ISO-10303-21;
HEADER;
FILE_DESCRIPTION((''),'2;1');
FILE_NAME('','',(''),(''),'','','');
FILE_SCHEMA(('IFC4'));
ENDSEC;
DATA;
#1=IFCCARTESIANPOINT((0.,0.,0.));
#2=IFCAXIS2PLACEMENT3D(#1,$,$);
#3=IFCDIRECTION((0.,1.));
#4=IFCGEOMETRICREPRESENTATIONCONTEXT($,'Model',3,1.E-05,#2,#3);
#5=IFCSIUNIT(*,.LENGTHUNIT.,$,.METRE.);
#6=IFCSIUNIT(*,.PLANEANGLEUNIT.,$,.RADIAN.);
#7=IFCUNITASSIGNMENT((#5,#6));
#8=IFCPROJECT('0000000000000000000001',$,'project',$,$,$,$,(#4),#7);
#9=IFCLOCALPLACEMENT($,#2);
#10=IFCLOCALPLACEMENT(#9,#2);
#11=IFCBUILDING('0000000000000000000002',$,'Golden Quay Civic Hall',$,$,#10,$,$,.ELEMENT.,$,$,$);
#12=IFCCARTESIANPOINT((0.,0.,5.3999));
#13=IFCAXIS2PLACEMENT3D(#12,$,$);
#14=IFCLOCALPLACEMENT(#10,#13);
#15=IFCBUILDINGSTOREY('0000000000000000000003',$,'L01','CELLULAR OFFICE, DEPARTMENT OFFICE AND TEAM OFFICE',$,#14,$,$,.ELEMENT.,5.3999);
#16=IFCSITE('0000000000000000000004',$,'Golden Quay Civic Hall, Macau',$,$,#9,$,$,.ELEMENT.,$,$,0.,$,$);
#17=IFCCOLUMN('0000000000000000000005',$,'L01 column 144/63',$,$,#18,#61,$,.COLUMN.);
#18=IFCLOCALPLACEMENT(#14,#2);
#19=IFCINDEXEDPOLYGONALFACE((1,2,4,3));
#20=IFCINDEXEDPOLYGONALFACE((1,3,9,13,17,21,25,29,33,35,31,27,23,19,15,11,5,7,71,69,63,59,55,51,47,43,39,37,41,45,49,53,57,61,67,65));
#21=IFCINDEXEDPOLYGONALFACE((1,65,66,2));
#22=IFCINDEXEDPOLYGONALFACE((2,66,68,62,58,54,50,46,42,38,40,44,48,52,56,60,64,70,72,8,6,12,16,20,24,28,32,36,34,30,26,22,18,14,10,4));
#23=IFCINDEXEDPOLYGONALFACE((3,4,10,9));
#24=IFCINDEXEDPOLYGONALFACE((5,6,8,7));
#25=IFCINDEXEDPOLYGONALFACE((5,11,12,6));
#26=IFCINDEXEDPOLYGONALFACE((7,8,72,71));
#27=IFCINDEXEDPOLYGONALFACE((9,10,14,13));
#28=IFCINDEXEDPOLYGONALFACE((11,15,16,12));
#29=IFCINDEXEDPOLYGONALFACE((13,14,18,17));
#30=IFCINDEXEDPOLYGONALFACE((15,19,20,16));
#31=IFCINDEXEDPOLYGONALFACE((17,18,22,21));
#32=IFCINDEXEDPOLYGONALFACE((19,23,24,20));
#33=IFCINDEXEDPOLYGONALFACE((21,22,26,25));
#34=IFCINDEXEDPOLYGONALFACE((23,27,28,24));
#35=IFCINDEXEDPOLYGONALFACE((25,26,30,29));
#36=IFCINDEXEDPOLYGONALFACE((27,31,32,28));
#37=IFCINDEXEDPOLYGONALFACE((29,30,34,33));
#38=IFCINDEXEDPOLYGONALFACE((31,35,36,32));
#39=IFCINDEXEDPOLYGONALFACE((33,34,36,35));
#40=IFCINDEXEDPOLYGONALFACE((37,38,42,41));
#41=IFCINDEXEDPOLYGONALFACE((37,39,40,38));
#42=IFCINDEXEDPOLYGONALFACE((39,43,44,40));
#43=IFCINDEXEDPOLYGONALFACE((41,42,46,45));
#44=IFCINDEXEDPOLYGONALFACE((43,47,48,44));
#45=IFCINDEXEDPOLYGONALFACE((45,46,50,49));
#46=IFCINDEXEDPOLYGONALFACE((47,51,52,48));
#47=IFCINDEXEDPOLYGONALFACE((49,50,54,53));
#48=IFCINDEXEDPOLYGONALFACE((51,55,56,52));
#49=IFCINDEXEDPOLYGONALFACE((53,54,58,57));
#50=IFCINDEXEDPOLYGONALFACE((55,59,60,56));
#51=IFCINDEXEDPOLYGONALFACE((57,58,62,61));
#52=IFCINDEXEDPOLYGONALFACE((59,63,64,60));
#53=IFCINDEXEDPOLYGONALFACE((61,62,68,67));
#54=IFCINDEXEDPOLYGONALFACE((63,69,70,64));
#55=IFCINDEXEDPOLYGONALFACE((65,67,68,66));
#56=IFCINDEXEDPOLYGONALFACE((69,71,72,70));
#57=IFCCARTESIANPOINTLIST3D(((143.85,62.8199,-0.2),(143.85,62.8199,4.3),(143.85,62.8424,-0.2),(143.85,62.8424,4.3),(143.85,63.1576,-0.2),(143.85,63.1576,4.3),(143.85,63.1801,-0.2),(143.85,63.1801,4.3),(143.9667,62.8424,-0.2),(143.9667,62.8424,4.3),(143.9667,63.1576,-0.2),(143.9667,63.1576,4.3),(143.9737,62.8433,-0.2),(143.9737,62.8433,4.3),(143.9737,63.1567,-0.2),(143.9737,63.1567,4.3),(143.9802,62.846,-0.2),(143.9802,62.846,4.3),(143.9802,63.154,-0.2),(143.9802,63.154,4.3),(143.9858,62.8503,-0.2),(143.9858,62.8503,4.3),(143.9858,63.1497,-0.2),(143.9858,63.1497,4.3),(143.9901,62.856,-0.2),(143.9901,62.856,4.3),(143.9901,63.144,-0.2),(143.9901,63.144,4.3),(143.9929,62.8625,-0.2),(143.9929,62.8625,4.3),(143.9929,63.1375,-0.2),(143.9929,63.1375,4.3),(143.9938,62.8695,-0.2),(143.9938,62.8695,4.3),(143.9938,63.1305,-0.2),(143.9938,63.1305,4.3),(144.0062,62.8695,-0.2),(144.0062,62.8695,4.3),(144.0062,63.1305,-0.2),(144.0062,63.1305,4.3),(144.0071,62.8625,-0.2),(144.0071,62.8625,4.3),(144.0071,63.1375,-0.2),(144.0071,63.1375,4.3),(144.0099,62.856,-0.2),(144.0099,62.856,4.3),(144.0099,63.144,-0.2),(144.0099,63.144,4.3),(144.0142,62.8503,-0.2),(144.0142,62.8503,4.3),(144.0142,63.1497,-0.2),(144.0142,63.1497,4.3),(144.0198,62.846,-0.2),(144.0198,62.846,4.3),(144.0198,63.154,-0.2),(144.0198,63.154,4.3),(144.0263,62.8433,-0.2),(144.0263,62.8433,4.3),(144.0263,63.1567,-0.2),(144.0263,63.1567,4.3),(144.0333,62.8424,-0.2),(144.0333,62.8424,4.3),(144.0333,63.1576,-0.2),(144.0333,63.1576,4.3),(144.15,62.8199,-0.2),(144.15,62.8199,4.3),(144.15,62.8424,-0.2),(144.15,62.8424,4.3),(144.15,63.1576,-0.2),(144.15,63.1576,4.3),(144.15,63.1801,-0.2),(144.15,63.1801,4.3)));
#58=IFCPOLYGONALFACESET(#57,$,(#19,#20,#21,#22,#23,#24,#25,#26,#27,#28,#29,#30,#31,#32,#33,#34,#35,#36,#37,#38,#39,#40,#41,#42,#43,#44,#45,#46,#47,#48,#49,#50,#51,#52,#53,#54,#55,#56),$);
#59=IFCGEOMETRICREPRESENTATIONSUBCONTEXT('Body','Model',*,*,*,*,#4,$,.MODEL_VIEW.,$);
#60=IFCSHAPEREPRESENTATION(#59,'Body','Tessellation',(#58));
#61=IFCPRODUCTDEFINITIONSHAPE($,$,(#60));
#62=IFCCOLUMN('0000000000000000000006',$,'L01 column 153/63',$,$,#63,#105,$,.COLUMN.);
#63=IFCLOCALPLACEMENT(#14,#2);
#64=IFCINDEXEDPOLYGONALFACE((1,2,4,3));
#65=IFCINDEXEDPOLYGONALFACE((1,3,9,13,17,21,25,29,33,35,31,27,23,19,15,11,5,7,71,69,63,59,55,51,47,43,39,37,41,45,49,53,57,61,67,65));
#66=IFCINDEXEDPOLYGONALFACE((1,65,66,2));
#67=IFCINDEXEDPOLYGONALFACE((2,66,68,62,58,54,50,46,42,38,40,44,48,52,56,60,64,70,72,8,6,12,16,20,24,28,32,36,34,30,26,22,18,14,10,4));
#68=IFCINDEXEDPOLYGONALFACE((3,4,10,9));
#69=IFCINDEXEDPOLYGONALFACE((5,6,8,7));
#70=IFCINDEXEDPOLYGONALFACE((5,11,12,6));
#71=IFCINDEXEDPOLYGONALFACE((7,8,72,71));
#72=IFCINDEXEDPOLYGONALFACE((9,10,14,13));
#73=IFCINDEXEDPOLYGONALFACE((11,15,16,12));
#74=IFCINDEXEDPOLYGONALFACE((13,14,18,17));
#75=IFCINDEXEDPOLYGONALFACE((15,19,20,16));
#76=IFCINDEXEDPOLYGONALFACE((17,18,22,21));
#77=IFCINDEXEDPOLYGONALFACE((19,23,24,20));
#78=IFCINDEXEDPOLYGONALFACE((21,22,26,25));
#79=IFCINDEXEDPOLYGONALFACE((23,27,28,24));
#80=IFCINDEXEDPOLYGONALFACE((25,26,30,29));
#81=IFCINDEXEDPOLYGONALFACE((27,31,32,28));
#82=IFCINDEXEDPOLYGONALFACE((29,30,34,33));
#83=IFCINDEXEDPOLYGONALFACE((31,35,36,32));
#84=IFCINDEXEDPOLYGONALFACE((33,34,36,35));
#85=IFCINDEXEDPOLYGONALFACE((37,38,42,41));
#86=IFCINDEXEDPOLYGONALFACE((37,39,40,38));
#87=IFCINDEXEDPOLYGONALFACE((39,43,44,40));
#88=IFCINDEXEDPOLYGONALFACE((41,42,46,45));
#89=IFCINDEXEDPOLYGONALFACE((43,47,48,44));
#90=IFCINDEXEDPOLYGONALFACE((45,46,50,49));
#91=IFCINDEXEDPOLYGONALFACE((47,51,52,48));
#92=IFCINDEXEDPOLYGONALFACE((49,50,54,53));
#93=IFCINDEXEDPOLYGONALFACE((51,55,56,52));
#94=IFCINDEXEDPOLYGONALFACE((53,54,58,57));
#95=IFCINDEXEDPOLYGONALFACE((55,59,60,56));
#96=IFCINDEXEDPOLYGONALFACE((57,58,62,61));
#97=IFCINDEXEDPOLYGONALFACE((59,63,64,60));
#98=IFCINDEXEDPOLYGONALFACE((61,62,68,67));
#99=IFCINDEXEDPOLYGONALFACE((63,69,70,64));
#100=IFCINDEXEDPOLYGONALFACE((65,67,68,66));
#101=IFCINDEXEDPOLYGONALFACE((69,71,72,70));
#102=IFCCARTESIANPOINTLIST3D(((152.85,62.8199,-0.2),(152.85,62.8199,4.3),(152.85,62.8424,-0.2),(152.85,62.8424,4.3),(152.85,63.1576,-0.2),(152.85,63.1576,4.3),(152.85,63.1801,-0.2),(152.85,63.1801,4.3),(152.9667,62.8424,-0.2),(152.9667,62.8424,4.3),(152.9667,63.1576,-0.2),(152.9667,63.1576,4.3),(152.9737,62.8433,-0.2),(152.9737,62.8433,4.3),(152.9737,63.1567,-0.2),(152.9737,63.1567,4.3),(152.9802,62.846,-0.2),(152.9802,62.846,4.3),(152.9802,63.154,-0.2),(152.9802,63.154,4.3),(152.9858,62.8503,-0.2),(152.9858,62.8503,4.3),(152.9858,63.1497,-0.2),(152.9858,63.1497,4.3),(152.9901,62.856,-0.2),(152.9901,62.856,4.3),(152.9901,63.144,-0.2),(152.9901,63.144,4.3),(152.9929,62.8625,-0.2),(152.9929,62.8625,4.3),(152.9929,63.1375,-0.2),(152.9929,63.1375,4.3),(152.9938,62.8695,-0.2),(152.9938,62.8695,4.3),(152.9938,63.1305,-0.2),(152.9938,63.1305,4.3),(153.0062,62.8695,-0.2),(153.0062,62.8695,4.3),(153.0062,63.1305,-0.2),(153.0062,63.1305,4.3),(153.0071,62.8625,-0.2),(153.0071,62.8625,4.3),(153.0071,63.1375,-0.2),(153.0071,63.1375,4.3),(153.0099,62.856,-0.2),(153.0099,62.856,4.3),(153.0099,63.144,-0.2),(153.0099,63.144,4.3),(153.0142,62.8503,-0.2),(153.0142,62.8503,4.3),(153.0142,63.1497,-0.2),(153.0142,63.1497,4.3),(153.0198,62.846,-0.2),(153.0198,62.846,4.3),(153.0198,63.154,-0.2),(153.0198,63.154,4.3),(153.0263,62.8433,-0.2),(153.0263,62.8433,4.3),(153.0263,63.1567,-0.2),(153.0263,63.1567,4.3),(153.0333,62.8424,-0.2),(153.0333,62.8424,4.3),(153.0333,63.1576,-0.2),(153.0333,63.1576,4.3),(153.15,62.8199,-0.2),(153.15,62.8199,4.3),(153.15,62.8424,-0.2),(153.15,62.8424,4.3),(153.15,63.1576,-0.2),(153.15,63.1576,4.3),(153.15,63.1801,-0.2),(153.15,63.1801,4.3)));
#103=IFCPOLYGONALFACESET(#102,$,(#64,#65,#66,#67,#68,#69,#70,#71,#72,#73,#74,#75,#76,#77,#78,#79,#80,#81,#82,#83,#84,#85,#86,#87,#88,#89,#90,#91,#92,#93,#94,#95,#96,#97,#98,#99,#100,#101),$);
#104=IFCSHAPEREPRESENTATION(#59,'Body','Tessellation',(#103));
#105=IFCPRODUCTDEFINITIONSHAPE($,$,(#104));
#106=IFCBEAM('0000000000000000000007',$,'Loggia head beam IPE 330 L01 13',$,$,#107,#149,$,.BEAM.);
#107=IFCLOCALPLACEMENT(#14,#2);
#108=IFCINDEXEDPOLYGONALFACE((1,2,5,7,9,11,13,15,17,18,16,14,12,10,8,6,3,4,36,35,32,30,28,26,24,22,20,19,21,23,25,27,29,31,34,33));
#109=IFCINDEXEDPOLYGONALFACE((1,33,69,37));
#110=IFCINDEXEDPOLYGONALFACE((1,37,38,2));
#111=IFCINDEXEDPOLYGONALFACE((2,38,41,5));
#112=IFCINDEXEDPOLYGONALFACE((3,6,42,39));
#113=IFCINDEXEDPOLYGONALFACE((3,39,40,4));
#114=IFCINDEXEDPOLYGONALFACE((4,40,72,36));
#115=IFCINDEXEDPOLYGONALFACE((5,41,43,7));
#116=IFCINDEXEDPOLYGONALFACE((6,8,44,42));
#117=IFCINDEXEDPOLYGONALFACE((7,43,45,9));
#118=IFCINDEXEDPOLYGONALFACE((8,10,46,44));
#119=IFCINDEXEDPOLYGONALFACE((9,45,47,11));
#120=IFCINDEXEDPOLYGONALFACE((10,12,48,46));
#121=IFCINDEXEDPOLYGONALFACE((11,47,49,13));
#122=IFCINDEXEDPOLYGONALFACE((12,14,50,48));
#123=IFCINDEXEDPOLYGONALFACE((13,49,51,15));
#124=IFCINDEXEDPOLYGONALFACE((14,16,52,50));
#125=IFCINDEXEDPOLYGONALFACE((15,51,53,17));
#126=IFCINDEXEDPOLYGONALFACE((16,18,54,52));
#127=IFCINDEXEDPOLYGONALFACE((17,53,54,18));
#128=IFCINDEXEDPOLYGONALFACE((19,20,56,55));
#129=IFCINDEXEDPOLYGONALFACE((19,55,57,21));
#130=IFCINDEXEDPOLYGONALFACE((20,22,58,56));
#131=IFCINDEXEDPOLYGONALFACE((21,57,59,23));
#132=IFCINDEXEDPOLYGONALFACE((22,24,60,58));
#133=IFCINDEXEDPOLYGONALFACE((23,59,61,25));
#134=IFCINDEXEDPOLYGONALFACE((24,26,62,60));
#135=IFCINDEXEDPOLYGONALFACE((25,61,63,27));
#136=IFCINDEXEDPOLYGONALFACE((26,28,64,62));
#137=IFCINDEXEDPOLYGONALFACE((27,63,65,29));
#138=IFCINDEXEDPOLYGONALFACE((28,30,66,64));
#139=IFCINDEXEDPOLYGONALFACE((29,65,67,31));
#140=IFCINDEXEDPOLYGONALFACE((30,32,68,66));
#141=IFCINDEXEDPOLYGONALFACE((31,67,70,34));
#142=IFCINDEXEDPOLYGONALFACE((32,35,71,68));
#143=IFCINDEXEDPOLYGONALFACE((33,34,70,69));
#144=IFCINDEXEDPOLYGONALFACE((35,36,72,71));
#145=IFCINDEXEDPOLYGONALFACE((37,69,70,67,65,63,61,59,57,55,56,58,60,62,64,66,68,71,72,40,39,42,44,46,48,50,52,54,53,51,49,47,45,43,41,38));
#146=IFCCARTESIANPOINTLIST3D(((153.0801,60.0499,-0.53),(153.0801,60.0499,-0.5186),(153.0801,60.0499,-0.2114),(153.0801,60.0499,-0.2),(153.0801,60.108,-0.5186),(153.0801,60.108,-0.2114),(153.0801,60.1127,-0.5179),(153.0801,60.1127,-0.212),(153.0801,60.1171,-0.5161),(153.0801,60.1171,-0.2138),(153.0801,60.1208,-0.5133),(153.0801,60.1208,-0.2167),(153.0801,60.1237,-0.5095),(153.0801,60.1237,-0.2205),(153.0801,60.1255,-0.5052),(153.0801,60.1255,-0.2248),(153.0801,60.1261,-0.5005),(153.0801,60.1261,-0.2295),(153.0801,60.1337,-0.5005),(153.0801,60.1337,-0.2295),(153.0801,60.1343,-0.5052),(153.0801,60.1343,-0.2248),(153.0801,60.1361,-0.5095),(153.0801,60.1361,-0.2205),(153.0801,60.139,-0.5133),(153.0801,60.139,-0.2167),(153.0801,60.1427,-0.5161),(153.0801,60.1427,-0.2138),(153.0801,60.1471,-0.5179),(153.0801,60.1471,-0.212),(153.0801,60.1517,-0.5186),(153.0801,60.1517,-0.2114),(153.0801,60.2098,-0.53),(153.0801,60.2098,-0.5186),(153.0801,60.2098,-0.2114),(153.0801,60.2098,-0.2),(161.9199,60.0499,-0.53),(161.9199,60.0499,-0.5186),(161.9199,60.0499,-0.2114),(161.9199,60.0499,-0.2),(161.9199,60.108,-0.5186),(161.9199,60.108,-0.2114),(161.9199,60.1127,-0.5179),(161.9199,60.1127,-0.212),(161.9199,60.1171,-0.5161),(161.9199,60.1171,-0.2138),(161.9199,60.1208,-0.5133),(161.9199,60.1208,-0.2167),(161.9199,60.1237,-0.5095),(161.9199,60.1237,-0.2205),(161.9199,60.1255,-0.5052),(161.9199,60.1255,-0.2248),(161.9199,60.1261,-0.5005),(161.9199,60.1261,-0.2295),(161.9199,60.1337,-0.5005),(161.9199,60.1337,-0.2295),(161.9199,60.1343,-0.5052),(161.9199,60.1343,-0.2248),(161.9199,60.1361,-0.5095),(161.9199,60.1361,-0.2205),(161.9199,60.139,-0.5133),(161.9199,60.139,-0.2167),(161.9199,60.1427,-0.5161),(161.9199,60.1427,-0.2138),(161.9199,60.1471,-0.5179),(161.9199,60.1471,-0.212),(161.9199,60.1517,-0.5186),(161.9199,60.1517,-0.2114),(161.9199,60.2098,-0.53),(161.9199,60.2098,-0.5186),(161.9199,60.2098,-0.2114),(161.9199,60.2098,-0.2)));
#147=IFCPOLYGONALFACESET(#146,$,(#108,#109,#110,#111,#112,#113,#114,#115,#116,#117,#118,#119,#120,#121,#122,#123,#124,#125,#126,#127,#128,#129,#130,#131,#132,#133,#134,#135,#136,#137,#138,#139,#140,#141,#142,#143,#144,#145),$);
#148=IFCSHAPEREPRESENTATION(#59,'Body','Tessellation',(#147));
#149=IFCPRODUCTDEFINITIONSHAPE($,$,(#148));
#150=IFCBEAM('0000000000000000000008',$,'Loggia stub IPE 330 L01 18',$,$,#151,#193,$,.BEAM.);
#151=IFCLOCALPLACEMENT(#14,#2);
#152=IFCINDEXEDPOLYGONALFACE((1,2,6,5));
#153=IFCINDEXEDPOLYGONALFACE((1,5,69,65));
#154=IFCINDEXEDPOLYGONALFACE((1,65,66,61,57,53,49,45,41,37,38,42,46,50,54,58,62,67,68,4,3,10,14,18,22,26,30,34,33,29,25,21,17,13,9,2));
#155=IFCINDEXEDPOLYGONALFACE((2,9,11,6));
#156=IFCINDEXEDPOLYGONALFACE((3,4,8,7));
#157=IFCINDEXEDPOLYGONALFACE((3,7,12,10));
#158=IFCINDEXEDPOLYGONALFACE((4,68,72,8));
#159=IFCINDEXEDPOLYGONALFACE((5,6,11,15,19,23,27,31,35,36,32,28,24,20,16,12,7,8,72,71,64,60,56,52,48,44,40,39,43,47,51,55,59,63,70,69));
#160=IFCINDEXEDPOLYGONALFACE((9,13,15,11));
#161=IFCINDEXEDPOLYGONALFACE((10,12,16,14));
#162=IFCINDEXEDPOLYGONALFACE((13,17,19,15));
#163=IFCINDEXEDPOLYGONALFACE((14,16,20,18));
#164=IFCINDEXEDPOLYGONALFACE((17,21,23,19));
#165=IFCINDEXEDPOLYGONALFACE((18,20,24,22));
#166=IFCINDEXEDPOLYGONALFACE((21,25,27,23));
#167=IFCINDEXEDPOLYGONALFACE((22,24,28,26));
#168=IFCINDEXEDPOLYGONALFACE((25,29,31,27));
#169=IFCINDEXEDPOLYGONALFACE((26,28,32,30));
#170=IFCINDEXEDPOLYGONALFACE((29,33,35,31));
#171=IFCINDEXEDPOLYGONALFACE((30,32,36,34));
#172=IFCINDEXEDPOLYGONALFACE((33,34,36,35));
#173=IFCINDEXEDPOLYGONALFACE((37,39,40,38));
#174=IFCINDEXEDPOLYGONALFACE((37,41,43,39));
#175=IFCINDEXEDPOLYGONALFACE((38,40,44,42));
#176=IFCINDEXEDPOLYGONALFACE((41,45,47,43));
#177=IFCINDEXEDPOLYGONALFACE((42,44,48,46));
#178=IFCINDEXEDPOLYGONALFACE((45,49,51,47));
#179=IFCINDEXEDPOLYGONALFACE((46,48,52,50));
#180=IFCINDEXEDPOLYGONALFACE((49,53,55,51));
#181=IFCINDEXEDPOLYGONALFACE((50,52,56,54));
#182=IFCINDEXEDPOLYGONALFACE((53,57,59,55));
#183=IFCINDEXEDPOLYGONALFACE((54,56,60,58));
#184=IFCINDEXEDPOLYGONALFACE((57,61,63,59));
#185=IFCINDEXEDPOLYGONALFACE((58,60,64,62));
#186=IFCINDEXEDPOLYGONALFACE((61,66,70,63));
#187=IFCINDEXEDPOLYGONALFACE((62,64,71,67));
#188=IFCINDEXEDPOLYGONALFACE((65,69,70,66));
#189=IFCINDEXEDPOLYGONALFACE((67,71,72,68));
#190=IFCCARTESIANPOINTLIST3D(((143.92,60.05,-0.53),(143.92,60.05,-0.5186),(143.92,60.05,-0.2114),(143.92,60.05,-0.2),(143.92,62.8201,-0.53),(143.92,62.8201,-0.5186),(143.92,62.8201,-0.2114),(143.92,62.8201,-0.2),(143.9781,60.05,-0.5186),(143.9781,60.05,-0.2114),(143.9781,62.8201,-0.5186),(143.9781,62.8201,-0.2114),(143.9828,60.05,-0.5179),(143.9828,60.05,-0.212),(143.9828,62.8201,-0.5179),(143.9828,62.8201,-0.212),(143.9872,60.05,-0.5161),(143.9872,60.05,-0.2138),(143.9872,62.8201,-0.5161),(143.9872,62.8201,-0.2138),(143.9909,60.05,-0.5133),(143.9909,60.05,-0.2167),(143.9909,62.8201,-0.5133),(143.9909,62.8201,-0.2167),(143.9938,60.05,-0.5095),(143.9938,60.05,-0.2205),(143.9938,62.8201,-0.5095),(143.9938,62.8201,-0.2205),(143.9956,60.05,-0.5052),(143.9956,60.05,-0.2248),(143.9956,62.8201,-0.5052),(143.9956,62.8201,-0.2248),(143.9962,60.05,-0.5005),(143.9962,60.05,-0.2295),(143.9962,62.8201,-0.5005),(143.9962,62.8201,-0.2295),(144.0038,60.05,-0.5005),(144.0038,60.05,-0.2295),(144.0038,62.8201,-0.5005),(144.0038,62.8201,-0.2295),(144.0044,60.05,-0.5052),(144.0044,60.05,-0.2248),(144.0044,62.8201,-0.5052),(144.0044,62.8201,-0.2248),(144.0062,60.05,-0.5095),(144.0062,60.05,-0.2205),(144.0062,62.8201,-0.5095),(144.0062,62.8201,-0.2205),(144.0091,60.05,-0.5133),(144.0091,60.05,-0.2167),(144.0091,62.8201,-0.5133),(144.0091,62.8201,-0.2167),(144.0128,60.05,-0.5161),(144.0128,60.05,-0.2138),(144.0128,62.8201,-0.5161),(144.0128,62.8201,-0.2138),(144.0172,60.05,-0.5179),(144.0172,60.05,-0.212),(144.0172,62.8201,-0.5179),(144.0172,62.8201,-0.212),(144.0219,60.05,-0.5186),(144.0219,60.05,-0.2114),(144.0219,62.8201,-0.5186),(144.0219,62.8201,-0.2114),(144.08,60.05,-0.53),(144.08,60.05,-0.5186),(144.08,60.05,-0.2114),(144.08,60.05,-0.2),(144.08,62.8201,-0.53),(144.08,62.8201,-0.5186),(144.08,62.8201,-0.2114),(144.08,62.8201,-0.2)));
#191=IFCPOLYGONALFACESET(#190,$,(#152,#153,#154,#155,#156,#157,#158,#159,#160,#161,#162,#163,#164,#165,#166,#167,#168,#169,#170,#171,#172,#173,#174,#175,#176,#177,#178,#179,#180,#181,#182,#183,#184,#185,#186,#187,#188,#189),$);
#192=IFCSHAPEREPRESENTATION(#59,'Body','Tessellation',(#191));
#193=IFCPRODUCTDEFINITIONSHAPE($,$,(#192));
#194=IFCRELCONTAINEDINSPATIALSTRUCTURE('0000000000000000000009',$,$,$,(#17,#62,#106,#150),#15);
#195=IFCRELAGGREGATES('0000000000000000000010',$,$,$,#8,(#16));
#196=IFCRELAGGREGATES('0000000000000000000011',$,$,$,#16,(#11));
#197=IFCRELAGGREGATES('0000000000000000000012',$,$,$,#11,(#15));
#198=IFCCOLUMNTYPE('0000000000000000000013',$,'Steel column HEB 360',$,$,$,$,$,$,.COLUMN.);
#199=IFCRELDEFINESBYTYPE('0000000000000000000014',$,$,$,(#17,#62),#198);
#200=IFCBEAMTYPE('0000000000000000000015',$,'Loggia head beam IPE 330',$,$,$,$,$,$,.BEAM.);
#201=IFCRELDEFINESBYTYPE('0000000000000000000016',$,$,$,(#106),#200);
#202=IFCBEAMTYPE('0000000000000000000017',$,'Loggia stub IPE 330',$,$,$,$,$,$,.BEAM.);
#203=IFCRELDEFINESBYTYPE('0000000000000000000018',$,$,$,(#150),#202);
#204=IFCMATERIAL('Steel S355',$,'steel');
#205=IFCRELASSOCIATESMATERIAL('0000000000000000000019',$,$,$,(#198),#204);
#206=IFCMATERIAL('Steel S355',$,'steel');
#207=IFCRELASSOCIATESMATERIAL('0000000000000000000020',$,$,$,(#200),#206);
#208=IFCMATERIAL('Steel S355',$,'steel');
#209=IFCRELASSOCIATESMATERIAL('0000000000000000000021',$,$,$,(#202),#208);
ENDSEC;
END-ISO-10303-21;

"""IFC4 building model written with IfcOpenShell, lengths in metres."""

from ifc_helpers import new_model, si_unit, direction, frame, origin, origin_2d, place, context, subcontext, project, spatial, i_section, extrude, material, material_profile, profile_set, type_object, element, save


model = new_model("IFC4")

# Units and contexts
model_context = context("Model", 3, precision=1e-05, world=origin(), true_north=direction((0.0, 1.0)))
body_context = subcontext(model_context, "Body", "Model", "MODEL_VIEW")
ifc_project = project(units=[si_unit("LENGTHUNIT", "METRE"), si_unit("PLANEANGLEUNIT", "RADIAN")], contexts=[model_context])

# Site, building, storey
site_placement = place(None, origin())
site = spatial("IfcSite", under=ifc_project, at=site_placement, Name="Golden Quay Civic Hall, Macau", CompositionType="ELEMENT", RefElevation=0.0)
building_placement = place(site_placement, origin())
building = spatial("IfcBuilding", under=site, at=building_placement, Name="Golden Quay Civic Hall", CompositionType="ELEMENT")
storey_placement = place(building_placement, frame((0.0, 0.0, 5.3999)))
storey = spatial("IfcBuildingStorey", under=building, at=storey_placement, Name="L01", Description="CELLULAR OFFICE, DEPARTMENT OFFICE AND TEAM OFFICE", CompositionType="ELEMENT", Elevation=5.3999)

# Columns
ifc_material_1 = material(Name="Steel S355", Category="steel")
ifc_material_profile_1 = material_profile(ifc_material_1, i_section(OverallWidth=0.3, OverallDepth=0.3601, WebThickness=0.0125, FlangeThickness=0.0225, FilletRadius=0.0271, at=origin_2d()), Name="HEB 360")
ifc_profile_set_1 = profile_set([ifc_material_profile_1], Name="Steel S355")
column_type = type_object("IfcColumnType", Name="Steel column HEB 360", PredefinedType="COLUMN", material=ifc_profile_set_1)
for number, where, z_axis, x_axis, name in (
    (1, (144.0, 63.0, -0.2), (0.0, 0.0, 1.0), (1.0, 0.0, 0.0), "L01 column 144/63"),
    (2, (153.0, 63.0, -0.2), (0.0, 0.0, 1.0), (1.0, 0.0, 0.0), "L01 column 153/63"),
):
    element("IfcColumn", number, at=place(storey_placement, frame(where, z_axis=z_axis, x_axis=x_axis)), inside=storey, type_object=column_type, Name=name, PredefinedType="COLUMN", context=body_context, shape_type="SweptSolid", body=[
        extrude(i_section(OverallWidth=0.3, OverallDepth=0.3601, WebThickness=0.0125, FlangeThickness=0.0225, FilletRadius=0.0271, at=origin_2d()), origin(), (0.0, 0.0, 1.0), 4.5),
    ])

# Beams
ifc_material_2 = material(Name="Steel S355", Category="steel")
ifc_material_profile_2 = material_profile(ifc_material_2, i_section(OverallWidth=0.1599, OverallDepth=0.3301, WebThickness=0.0076, FlangeThickness=0.0115, FilletRadius=0.0181, at=origin_2d()), Name="IPE 330")
ifc_profile_set_2 = profile_set([ifc_material_profile_2], Name="Steel S355")
beam_type_1 = type_object("IfcBeamType", Name="Loggia head beam IPE 330", PredefinedType="BEAM", material=ifc_profile_set_2)
beam_placement = place(storey_placement, frame((153.0801, 60.1299, -0.365), z_axis=(1.0, 0.0, 0.0), x_axis=(0.0, 1.0, 0.0)))
element("IfcBeam", 3, at=beam_placement, inside=storey, type_object=beam_type_1, Name="Loggia head beam IPE 330 L01 13", PredefinedType="BEAM", context=body_context, shape_type="SweptSolid", body=[
    extrude(i_section(OverallWidth=0.1599, OverallDepth=0.3301, WebThickness=0.0076, FlangeThickness=0.0115, FilletRadius=0.0181, at=origin_2d()), origin(), (0.0, 0.0, 1.0), 8.8398),
])
ifc_material_3 = material(Name="Steel S355", Category="steel")
ifc_material_profile_3 = material_profile(ifc_material_3, i_section(OverallWidth=0.1599, OverallDepth=0.3301, WebThickness=0.0076, FlangeThickness=0.0115, FilletRadius=0.0181, at=origin_2d()), Name="IPE 330")
ifc_profile_set_3 = profile_set([ifc_material_profile_3], Name="Steel S355")
beam_type_2 = type_object("IfcBeamType", Name="Loggia stub IPE 330", PredefinedType="BEAM", material=ifc_profile_set_3)
for number, where, z_axis, x_axis, name in (
    (4, (144.0, 62.8201, -0.365), (0.0, -1.0, 0.0), (1.0, 0.0, 0.0), "Loggia stub IPE 330 L01 18"),
):
    element("IfcBeam", number, at=place(storey_placement, frame(where, z_axis=z_axis, x_axis=x_axis)), inside=storey, type_object=beam_type_2, Name=name, PredefinedType="BEAM", context=body_context, shape_type="SweptSolid", body=[
        extrude(i_section(OverallWidth=0.1599, OverallDepth=0.3301, WebThickness=0.0076, FlangeThickness=0.0115, FilletRadius=0.0181, at=origin_2d()), origin(), (0.0, 0.0, 1.0), 2.77),
    ])

save(model, "model.ifc")
